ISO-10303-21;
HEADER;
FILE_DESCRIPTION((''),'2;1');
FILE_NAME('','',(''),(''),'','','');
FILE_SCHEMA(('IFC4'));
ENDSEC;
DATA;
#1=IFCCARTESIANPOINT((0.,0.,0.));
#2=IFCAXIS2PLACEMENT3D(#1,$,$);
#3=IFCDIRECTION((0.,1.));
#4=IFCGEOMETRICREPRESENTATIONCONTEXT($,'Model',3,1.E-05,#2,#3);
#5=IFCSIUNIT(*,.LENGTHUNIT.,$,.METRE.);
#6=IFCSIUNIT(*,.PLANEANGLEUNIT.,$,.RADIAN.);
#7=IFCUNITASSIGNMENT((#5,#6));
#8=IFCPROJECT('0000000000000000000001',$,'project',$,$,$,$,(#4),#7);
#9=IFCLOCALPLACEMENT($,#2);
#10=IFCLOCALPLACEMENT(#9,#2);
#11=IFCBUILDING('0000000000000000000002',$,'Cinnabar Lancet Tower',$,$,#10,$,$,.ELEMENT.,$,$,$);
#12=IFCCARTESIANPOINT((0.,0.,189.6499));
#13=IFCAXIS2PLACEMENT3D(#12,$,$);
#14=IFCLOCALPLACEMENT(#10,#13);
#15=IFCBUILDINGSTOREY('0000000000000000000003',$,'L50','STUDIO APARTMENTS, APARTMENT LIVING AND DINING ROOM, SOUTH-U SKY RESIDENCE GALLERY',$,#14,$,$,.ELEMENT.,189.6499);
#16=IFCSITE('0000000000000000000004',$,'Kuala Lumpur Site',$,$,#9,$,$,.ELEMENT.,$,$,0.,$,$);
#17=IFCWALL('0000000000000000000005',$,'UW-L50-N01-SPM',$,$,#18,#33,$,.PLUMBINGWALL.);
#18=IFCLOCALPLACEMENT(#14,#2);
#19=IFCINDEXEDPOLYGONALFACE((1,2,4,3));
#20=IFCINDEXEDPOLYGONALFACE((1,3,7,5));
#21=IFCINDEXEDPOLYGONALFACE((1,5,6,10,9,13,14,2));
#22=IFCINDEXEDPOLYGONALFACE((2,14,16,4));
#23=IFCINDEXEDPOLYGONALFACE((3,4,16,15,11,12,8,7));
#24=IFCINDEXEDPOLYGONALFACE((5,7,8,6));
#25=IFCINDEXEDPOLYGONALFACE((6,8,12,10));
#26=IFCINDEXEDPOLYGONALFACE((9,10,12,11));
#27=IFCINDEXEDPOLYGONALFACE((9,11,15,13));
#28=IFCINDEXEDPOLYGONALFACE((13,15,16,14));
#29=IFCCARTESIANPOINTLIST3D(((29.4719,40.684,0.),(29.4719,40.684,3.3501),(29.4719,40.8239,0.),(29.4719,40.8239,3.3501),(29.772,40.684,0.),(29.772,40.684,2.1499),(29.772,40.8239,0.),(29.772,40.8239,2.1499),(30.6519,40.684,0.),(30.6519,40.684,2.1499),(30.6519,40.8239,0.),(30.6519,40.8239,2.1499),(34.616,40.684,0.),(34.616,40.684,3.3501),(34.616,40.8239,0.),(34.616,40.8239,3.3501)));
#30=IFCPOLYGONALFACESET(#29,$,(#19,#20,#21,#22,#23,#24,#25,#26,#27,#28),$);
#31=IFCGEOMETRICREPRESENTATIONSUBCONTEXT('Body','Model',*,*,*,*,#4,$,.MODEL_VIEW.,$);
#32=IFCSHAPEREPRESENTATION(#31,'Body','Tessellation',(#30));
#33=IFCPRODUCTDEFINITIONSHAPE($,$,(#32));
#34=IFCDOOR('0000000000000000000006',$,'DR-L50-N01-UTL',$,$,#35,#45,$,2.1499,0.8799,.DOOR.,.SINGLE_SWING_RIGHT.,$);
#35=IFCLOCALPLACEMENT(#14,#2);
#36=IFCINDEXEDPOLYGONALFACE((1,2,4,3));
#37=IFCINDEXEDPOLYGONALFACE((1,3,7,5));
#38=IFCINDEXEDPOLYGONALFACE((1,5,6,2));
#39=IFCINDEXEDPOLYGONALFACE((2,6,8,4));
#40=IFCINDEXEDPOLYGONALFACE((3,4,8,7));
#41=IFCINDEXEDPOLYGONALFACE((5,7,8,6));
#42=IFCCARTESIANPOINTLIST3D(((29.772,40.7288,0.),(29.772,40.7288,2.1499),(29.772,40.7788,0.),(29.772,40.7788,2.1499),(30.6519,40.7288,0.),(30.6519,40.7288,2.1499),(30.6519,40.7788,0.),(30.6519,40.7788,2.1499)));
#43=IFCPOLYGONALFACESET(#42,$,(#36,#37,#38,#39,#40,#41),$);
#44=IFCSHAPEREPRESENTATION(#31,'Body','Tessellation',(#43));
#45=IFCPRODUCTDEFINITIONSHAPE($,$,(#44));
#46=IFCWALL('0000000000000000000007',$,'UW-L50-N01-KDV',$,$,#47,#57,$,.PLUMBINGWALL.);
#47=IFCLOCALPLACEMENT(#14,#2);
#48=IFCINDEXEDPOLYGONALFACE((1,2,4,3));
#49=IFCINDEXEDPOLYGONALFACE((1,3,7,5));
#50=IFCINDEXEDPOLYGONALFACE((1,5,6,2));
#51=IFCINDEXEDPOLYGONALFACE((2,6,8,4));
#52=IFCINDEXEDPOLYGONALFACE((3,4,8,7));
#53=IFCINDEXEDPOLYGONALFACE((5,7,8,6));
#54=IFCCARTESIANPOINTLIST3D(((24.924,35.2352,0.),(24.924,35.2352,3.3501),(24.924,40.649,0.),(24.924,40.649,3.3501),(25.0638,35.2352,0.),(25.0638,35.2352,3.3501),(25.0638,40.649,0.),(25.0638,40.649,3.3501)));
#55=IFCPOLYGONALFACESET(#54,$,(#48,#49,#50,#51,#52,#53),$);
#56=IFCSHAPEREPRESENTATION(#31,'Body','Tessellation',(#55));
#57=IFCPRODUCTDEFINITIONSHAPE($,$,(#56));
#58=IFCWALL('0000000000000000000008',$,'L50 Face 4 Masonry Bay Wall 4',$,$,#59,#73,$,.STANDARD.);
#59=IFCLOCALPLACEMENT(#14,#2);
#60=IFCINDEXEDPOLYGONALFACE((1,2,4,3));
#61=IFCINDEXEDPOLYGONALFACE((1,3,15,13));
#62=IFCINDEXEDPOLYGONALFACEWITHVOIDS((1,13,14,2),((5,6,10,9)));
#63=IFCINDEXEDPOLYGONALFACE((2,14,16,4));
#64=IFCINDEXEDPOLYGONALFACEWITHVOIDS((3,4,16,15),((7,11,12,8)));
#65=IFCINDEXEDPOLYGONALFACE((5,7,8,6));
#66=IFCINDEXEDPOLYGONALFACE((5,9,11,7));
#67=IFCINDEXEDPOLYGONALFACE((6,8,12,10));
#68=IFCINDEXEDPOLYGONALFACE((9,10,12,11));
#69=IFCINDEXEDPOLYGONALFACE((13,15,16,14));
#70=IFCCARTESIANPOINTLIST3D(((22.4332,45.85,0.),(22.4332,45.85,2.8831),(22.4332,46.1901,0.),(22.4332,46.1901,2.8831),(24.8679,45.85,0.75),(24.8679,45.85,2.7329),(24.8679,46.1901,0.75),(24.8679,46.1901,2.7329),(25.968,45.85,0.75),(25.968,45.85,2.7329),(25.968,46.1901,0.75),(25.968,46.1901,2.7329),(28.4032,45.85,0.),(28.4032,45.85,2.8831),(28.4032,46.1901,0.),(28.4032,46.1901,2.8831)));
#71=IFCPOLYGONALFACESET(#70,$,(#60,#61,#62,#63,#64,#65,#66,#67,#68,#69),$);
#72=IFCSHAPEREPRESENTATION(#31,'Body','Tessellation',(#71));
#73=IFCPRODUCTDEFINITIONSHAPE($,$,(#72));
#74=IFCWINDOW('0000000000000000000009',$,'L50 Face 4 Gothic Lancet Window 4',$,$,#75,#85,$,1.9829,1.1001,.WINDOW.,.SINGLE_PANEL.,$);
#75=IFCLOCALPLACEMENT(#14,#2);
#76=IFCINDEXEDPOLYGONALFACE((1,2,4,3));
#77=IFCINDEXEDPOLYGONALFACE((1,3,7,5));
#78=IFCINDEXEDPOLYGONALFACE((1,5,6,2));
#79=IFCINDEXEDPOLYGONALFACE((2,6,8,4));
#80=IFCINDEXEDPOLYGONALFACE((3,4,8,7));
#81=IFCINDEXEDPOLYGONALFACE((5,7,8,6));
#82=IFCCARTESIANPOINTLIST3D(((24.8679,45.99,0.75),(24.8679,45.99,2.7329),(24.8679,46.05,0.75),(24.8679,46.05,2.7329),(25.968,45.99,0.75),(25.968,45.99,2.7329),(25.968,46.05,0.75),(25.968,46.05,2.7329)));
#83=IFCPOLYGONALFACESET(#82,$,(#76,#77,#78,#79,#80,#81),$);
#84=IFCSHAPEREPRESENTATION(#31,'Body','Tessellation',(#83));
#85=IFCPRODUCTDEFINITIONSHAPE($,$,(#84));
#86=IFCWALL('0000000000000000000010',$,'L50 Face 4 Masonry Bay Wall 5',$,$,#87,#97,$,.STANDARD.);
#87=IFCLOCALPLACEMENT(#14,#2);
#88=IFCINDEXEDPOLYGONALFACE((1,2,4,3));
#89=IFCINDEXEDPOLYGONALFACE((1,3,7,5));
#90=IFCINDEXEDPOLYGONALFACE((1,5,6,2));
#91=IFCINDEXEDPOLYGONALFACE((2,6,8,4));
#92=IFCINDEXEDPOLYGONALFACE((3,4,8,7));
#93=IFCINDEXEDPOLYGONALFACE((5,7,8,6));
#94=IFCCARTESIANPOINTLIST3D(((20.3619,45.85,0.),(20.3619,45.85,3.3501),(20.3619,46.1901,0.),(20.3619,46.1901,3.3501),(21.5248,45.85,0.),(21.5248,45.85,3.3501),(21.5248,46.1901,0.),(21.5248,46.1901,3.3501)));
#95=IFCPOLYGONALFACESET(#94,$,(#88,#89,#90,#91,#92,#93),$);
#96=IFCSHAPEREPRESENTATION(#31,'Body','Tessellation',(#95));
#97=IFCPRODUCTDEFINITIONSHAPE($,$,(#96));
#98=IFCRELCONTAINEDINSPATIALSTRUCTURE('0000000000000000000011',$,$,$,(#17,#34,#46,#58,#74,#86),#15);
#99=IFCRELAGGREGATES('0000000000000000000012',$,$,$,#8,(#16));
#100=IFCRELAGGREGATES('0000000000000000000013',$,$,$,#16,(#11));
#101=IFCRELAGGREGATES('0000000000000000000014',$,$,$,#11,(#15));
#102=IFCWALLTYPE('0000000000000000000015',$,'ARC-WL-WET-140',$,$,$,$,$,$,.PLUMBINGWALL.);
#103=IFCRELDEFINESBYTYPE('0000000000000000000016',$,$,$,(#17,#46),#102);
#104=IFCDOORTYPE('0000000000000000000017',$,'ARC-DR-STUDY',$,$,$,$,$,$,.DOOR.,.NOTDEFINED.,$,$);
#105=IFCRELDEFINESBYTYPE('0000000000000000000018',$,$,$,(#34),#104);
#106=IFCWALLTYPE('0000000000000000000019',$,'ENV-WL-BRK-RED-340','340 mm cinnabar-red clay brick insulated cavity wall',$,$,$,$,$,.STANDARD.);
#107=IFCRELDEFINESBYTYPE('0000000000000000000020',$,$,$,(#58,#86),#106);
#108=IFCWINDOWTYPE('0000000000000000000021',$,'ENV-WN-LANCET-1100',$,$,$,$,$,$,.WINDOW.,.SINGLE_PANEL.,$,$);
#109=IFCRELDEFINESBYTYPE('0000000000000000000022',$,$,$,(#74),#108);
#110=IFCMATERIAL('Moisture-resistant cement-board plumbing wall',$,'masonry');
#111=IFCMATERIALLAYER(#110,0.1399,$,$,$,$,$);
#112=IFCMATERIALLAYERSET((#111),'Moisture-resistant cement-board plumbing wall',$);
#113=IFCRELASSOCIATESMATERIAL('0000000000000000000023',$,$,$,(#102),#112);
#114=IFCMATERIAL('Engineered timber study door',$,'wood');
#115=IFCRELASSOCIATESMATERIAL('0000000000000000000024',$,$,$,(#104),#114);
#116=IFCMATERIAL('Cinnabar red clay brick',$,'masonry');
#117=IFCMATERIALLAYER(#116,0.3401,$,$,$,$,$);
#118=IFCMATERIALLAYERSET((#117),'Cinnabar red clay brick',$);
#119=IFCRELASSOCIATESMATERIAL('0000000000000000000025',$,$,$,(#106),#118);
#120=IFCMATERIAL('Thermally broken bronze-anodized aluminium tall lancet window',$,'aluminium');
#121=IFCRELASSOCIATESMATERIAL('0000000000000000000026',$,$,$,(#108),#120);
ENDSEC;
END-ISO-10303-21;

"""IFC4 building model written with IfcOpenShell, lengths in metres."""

from ifc_helpers import new_model, si_unit, direction, frame, frame_2d, origin, place, context, subcontext, project, spatial, rectangle, extrude, material, layer, layer_set, type_object, element, fill, save


model = new_model("IFC4")

# Units and contexts
model_context = context("Model", 3, precision=1e-05, world=origin(), true_north=direction((0.0, 1.0)))
body_context = subcontext(model_context, "Body", "Model", "MODEL_VIEW")
ifc_project = project(units=[si_unit("LENGTHUNIT", "METRE"), si_unit("PLANEANGLEUNIT", "RADIAN")], contexts=[model_context])

# Site, building, storey
site_placement = place(None, origin())
site = spatial("IfcSite", under=ifc_project, at=site_placement, Name="Kuala Lumpur Site", CompositionType="ELEMENT", RefElevation=0.0)
building_placement = place(site_placement, origin())
building = spatial("IfcBuilding", under=site, at=building_placement, Name="Cinnabar Lancet Tower", CompositionType="ELEMENT")
storey_placement = place(building_placement, frame((0.0, 0.0, 189.6499)))
storey = spatial("IfcBuildingStorey", under=building, at=storey_placement, Name="L50", Description="STUDIO APARTMENTS, APARTMENT LIVING AND DINING ROOM, SOUTH-U SKY RESIDENCE GALLERY", CompositionType="ELEMENT", Elevation=189.6499)

# Shared definitions
ifc_material_1 = material(Name="Moisture-resistant cement-board plumbing wall", Category="masonry")
ifc_layer_1 = layer(ifc_material_1, 0.1399)
ifc_layer_set_1 = layer_set([ifc_layer_1], Name="Moisture-resistant cement-board plumbing wall")
wall_type_1 = type_object("IfcWallType", Name="ARC-WL-WET-140", PredefinedType="PLUMBINGWALL", material=ifc_layer_set_1)
ifc_material_2 = material(Name="Engineered timber study door", Category="wood")
door_type_1 = type_object("IfcDoorType", Name="ARC-DR-STUDY", OperationType="NOTDEFINED", PredefinedType="DOOR", material=ifc_material_2)

# Wall, opening, door
wall_1_placement = place(storey_placement, frame((29.4719, 40.7539, 0.0), z_axis=(0.0, 0.0, 1.0), x_axis=(1.0, 0.0, 0.0)))
wall_1 = element("IfcWall", 1, at=wall_1_placement, inside=storey, type_object=wall_type_1, Name="UW-L50-N01-SPM", PredefinedType="PLUMBINGWALL", context=body_context, shape_type="SweptSolid", body=[
    extrude(rectangle(XDim=5.144, YDim=0.1399, at=frame_2d((2.572, 0.0))), origin(), (0.0, 0.0, 1.0), 3.3501),
])
opening_1_placement = place(wall_1_placement, frame((0.3, 0.0, 0.0)))
opening_1 = element("IfcOpeningElement", 2, at=opening_1_placement, cuts=wall_1, PredefinedType="OPENING", context=body_context, shape_type="SweptSolid", body=[
    extrude(rectangle(XDim=0.8799, YDim=2.1499, at=frame_2d((0.4399, 1.075))), frame((0.0, 0.0798, 0.0), z_axis=(0.0, -1.0, 0.0), x_axis=(1.0, 0.0, 0.0)), (0.0, 0.0, 1.0), 0.1599),
])
door_1_placement = place(opening_1_placement, origin())
door_1 = element("IfcDoor", 3, at=door_1_placement, inside=storey, type_object=door_type_1, Name="DR-L50-N01-UTL", OperationType="SINGLE_SWING_RIGHT", OverallHeight=2.1499, OverallWidth=0.8799, PredefinedType="DOOR", context=body_context, shape_type="SweptSolid", body=[
    extrude(rectangle(XDim=0.8799, YDim=2.1499, at=frame_2d((0.4399, 1.075))), frame((0.0, 0.0249, 0.0), z_axis=(0.0, -1.0, 0.0), x_axis=(1.0, 0.0, 0.0)), (0.0, 0.0, 1.0), 0.05),
])
fill(opening_1, door_1)

# Wall
wall_2_placement = place(storey_placement, frame((24.9939, 35.2351, 0.0), z_axis=(0.0, 0.0, 1.0), x_axis=(0.0, 1.0, 0.0)))
element("IfcWall", 4, at=wall_2_placement, inside=storey, type_object=wall_type_1, Name="UW-L50-N01-KDV", PredefinedType="PLUMBINGWALL", context=body_context, shape_type="SweptSolid", body=[
    extrude(rectangle(XDim=5.4138, YDim=0.1399, at=frame_2d((2.707, 0.0))), origin(), (0.0, 0.0, 1.0), 3.3501),
])

# Wall, opening, window
ifc_material_3 = material(Name="Cinnabar red clay brick", Category="masonry")
ifc_layer_2 = layer(ifc_material_3, 0.3401)
ifc_layer_set_2 = layer_set([ifc_layer_2], Name="Cinnabar red clay brick")
wall_type_2 = type_object("IfcWallType", Name="ENV-WL-BRK-RED-340", Description="340 mm cinnabar-red clay brick insulated cavity wall", PredefinedType="STANDARD", material=ifc_layer_set_2)
wall_3_placement = place(storey_placement, frame((28.4031, 46.02, 0.0), z_axis=(0.0, 0.0, 1.0), x_axis=(-1.0, 0.0, 0.0)))
wall_3 = element("IfcWall", 5, at=wall_3_placement, inside=storey, type_object=wall_type_2, Name="L50 Face 4 Masonry Bay Wall 4", PredefinedType="STANDARD", context=body_context, shape_type="SweptSolid", body=[
    extrude(rectangle(XDim=5.97, YDim=0.3401, at=frame_2d((2.9849, 0.0))), origin(), (0.0, 0.0, 1.0), 2.8831),
])
opening_2_placement = place(wall_3_placement, frame((2.4351, 0.0, 0.75)))
opening_2 = element("IfcOpeningElement", 6, at=opening_2_placement, cuts=wall_3, PredefinedType="OPENING", context=body_context, shape_type="SweptSolid", body=[
    extrude(rectangle(XDim=1.1001, YDim=1.9829, at=frame_2d((0.55, 0.9915))), frame((0.0, 0.1799, 0.0), z_axis=(0.0, -1.0, 0.0), x_axis=(1.0, 0.0, 0.0)), (0.0, 0.0, 1.0), 0.3601),
])
ifc_material_4 = material(Name="Thermally broken bronze-anodized aluminium tall lancet window", Category="aluminium")
window_type = type_object("IfcWindowType", Name="ENV-WN-LANCET-1100", PartitioningType="SINGLE_PANEL", PredefinedType="WINDOW", material=ifc_material_4)
window_placement = place(opening_2_placement, origin())
window = element("IfcWindow", 7, at=window_placement, inside=storey, type_object=window_type, Name="L50 Face 4 Gothic Lancet Window 4", OverallHeight=1.9829, OverallWidth=1.1001, PartitioningType="SINGLE_PANEL", PredefinedType="WINDOW", context=body_context, shape_type="SweptSolid", body=[
    extrude(rectangle(XDim=1.1001, YDim=1.9829, at=frame_2d((0.55, 0.9915))), frame((0.0, 0.03, 0.0), z_axis=(0.0, -1.0, 0.0), x_axis=(1.0, 0.0, 0.0)), (0.0, 0.0, 1.0), 0.0601),
])
fill(opening_2, window)

# Wall
wall_4_placement = place(storey_placement, frame((21.5249, 46.02, 0.0), z_axis=(0.0, 0.0, 1.0), x_axis=(-1.0, 0.0, 0.0)))
element("IfcWall", 8, at=wall_4_placement, inside=storey, type_object=wall_type_2, Name="L50 Face 4 Masonry Bay Wall 5", PredefinedType="STANDARD", context=body_context, shape_type="SweptSolid", body=[
    extrude(rectangle(XDim=1.1628, YDim=0.3401, at=frame_2d((0.5815, 0.0))), origin(), (0.0, 0.0, 1.0), 3.3501),
])

save(model, "model.ifc")
